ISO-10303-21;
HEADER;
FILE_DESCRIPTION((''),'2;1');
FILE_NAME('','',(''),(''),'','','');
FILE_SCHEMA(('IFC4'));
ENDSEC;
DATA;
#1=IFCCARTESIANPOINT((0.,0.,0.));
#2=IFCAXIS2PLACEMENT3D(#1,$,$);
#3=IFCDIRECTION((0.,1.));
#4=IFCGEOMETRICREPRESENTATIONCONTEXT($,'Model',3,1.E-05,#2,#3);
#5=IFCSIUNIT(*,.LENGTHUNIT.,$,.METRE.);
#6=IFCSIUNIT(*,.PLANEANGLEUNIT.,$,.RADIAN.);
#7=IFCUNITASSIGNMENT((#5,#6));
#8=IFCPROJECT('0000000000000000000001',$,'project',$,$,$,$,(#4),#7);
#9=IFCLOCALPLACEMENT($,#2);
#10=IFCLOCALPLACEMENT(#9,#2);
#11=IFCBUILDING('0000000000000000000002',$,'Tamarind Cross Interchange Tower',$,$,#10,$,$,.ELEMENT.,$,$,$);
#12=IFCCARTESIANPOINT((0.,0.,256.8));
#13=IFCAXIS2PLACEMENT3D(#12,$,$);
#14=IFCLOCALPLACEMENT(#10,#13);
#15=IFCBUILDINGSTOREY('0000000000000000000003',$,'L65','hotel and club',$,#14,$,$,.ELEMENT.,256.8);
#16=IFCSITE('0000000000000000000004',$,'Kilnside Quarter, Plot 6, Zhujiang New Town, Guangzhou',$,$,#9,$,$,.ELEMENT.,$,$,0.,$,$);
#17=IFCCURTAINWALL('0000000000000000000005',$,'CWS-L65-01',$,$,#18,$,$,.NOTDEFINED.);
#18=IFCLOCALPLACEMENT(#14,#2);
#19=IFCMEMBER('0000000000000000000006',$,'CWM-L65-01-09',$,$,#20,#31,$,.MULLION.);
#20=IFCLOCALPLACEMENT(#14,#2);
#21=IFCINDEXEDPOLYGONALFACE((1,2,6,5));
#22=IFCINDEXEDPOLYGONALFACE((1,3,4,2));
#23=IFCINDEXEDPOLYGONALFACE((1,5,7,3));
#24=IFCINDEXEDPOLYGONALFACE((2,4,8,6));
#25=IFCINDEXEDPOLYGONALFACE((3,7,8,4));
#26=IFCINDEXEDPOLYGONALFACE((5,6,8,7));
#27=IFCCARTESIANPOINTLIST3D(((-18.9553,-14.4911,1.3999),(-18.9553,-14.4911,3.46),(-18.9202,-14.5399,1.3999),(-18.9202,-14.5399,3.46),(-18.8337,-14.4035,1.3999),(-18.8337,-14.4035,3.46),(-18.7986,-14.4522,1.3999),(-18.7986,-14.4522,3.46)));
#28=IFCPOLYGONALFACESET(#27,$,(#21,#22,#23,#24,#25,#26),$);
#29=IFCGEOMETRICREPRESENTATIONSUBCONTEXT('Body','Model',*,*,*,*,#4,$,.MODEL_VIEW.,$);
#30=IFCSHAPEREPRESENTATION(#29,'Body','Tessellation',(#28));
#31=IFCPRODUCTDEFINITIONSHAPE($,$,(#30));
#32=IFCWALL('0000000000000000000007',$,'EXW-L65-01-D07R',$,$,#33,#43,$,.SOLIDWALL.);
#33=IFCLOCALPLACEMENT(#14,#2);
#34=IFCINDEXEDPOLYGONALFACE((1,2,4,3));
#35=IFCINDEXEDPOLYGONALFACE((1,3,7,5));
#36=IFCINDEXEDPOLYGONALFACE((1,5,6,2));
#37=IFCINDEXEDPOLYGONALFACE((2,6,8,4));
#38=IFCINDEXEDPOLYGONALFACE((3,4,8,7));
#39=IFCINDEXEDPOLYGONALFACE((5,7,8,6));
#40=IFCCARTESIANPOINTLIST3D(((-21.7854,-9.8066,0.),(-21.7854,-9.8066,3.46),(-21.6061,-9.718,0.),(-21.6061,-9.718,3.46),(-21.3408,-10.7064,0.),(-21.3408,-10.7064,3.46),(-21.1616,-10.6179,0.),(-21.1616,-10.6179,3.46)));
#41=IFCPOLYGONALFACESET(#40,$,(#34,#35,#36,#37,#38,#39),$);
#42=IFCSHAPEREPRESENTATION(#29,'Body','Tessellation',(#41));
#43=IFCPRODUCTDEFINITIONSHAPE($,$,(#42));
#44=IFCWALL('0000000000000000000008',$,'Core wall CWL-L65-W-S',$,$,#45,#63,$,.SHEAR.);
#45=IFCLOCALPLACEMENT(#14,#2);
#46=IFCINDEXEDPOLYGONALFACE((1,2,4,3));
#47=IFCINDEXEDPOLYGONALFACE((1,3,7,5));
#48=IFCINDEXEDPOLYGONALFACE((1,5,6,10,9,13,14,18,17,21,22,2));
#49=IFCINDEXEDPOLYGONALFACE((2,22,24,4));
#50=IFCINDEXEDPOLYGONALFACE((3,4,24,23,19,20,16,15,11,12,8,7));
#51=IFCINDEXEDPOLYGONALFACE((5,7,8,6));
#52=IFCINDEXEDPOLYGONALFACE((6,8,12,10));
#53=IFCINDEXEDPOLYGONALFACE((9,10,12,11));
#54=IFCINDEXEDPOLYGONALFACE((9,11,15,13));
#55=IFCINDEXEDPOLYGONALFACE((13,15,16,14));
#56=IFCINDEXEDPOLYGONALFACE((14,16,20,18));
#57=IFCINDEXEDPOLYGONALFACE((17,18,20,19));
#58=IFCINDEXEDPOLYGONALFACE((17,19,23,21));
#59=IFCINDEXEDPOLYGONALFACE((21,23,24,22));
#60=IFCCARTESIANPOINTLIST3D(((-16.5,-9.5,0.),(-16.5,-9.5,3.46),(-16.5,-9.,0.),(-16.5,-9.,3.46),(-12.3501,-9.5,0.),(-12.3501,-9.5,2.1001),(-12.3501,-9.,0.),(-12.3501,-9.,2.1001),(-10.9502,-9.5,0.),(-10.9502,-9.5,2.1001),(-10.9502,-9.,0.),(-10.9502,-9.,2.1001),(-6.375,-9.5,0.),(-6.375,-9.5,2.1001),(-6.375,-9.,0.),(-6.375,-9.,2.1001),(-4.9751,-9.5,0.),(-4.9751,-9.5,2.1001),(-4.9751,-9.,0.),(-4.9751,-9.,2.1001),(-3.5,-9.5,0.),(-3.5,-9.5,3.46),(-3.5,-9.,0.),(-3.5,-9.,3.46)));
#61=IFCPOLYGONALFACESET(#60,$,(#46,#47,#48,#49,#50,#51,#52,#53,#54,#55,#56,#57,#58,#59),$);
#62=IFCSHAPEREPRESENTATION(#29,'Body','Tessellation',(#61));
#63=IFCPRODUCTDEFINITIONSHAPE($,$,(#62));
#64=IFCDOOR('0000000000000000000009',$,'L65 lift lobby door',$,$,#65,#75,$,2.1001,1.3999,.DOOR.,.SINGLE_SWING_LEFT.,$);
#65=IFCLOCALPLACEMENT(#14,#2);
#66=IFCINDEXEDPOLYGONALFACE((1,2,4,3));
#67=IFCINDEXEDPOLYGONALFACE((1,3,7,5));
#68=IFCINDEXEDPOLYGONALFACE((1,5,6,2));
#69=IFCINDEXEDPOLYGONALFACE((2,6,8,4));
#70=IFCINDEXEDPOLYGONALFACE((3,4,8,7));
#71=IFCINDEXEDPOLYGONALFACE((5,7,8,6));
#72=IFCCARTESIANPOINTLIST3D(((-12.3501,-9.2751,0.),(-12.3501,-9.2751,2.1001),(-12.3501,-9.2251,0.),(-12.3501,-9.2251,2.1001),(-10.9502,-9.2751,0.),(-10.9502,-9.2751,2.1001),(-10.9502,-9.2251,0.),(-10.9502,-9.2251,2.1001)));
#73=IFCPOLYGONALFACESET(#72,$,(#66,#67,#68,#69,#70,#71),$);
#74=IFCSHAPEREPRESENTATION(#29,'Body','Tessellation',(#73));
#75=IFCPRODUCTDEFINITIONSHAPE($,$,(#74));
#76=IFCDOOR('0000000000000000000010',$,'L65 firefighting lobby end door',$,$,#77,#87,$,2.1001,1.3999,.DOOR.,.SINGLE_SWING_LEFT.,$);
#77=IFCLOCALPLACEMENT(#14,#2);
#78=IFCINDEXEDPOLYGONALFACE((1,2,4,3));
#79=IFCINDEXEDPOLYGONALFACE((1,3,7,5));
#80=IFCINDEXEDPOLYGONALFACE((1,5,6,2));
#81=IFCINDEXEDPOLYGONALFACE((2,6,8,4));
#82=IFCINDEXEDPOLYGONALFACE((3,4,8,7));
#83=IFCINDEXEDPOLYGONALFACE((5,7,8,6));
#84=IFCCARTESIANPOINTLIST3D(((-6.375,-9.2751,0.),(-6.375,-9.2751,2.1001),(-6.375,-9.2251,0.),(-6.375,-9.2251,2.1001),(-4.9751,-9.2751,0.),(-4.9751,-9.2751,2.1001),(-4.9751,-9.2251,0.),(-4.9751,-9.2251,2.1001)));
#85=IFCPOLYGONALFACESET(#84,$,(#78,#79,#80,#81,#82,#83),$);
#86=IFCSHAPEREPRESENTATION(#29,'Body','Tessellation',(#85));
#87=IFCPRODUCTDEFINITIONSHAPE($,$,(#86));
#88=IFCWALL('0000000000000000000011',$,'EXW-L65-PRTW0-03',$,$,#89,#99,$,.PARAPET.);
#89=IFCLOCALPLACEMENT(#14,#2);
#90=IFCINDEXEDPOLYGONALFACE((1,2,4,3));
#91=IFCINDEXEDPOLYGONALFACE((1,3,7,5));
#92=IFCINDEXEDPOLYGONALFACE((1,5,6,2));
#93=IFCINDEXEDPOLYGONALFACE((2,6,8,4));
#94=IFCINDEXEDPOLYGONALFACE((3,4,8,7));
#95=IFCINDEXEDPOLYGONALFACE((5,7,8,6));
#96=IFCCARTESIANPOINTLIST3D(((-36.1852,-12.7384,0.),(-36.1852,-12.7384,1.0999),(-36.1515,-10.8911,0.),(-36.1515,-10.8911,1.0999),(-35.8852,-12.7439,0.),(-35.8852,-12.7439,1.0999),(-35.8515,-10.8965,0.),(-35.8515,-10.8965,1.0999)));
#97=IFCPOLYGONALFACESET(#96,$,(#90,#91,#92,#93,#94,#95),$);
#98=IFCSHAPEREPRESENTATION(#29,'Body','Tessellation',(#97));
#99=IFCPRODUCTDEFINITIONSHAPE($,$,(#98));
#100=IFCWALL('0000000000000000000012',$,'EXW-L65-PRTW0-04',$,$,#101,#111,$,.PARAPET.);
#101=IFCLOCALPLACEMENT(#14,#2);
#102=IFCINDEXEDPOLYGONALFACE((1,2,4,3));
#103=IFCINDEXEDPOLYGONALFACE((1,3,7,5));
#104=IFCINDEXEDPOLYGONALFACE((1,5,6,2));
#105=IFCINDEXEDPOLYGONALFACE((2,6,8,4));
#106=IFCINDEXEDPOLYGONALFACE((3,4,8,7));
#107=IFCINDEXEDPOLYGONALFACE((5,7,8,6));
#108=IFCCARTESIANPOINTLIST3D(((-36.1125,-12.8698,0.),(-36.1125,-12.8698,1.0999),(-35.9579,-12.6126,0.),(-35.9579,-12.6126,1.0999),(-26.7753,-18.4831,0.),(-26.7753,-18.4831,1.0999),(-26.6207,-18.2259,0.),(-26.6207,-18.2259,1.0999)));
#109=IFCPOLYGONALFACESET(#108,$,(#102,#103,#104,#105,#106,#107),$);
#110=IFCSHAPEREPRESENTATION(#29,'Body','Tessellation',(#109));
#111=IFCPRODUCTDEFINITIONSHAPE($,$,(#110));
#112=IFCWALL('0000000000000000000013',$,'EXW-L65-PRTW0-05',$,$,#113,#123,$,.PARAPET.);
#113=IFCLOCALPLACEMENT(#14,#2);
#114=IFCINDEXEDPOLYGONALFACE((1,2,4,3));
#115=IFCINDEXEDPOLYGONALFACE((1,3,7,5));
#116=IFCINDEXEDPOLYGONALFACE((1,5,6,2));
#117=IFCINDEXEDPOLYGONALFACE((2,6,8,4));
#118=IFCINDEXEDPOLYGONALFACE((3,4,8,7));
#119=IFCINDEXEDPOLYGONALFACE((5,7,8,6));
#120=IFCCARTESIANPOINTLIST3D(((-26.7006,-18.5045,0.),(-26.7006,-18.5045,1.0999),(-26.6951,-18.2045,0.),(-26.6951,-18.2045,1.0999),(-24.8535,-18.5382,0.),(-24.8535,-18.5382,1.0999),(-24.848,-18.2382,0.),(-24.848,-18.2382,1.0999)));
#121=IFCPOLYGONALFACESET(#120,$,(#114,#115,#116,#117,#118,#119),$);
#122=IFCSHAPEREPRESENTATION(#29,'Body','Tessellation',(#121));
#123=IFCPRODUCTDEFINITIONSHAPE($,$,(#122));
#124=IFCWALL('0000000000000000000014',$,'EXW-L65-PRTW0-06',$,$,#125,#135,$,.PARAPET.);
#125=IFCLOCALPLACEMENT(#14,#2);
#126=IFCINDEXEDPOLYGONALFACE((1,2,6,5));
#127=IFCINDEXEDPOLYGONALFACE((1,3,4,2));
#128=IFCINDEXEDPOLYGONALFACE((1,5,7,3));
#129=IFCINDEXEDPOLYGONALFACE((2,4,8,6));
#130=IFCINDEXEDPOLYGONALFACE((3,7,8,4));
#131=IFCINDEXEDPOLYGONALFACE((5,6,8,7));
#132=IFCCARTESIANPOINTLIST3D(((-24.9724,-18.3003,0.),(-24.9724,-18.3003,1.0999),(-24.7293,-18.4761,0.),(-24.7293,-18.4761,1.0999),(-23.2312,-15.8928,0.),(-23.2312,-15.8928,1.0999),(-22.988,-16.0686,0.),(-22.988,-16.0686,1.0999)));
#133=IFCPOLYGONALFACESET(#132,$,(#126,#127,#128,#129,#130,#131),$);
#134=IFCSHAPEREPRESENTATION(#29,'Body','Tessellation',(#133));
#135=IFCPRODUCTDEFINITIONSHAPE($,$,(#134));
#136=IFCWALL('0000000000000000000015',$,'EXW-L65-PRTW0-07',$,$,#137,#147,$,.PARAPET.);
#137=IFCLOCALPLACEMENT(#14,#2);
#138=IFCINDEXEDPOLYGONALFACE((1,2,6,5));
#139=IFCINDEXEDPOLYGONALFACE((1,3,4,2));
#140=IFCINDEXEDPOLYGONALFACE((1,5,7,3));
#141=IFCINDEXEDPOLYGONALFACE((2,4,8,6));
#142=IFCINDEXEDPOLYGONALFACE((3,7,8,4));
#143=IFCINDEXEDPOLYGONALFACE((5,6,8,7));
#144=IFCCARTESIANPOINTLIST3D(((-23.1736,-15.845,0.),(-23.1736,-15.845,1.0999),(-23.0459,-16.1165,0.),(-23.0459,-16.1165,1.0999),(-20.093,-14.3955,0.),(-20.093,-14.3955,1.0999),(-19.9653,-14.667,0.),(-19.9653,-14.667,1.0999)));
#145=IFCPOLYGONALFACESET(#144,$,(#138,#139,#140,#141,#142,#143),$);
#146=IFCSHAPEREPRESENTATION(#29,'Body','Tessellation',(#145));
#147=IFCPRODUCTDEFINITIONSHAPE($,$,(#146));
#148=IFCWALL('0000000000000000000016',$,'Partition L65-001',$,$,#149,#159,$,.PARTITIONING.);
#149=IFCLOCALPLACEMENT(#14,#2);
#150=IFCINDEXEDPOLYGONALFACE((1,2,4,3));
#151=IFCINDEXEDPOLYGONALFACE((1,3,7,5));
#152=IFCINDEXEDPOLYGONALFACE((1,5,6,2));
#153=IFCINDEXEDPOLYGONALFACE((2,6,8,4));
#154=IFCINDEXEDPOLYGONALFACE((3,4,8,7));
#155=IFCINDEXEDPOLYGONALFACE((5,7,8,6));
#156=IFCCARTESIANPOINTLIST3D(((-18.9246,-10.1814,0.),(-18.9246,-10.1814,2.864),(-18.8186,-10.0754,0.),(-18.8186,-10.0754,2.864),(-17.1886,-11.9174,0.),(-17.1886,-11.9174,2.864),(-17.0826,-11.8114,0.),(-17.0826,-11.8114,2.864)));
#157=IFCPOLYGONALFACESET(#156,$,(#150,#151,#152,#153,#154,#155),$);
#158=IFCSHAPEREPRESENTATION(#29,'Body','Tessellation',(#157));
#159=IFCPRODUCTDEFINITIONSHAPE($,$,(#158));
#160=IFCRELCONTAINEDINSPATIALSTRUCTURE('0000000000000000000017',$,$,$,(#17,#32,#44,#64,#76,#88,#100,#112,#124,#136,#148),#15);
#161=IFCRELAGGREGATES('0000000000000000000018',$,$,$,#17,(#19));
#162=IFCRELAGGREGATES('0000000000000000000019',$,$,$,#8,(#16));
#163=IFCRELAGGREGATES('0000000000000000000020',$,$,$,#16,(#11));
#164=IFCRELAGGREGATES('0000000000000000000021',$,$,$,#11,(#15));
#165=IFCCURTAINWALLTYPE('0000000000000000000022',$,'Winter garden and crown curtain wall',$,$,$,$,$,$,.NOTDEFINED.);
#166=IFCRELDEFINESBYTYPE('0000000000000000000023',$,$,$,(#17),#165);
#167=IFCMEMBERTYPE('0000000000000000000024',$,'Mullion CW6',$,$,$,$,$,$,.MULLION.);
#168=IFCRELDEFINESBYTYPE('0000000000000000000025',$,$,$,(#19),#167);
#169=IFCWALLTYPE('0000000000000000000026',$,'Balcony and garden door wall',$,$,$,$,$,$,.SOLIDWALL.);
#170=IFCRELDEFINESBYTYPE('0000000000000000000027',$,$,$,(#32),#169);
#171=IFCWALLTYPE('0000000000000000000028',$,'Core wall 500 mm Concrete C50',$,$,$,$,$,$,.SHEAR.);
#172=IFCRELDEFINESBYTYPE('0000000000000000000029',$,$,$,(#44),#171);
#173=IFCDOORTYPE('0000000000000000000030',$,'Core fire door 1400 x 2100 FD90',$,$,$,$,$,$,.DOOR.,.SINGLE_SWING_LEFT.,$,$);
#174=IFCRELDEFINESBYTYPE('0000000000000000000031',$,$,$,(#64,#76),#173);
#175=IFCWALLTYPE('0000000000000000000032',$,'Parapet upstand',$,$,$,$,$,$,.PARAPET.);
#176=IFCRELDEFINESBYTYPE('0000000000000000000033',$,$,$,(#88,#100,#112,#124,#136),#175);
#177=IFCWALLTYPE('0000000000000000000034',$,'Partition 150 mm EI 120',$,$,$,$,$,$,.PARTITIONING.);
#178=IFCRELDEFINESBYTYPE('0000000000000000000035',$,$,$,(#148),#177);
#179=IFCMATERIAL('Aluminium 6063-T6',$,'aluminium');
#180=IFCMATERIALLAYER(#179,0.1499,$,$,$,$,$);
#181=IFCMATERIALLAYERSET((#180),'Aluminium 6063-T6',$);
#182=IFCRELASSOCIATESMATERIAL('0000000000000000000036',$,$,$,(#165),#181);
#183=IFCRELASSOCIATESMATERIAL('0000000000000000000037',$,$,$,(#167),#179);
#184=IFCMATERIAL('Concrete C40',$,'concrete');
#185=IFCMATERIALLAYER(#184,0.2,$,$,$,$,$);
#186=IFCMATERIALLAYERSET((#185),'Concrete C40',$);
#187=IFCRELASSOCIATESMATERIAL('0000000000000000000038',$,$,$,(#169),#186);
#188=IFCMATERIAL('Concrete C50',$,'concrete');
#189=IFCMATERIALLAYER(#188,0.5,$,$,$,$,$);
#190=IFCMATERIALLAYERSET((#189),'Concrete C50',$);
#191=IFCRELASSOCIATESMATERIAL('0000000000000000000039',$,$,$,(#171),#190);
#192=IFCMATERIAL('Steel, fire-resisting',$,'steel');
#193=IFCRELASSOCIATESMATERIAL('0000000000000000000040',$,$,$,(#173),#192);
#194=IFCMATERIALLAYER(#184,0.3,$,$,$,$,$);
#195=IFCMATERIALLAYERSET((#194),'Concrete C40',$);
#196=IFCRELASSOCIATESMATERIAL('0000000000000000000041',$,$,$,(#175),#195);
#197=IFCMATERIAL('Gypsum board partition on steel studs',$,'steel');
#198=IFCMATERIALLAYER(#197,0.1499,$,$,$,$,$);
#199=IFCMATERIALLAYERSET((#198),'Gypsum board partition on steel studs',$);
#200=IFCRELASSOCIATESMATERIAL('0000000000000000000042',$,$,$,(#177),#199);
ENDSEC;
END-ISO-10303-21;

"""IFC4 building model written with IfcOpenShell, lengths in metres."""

from ifc_helpers import new_model, si_unit, direction, frame, frame_2d, origin, origin_2d, place, context, subcontext, project, spatial, rectangle, extrude, material, layer, layer_set, material_profile, profile_set, type_object, element, fill, aggregate, save


model = new_model("IFC4")

# Units and contexts
model_context = context("Model", 3, precision=1e-05, world=origin(), true_north=direction((0.0, 1.0)))
body_context = subcontext(model_context, "Body", "Model", "MODEL_VIEW")
ifc_project = project(units=[si_unit("LENGTHUNIT", "METRE"), si_unit("PLANEANGLEUNIT", "RADIAN")], contexts=[model_context])

# Site, building, storey
site_placement = place(None, origin())
site = spatial("IfcSite", under=ifc_project, at=site_placement, Name="Kilnside Quarter, Plot 6, Zhujiang New Town, Guangzhou", CompositionType="ELEMENT", RefElevation=0.0)
building_placement = place(site_placement, origin())
building = spatial("IfcBuilding", under=site, at=building_placement, Name="Tamarind Cross Interchange Tower", CompositionType="ELEMENT")
storey_placement = place(building_placement, frame((0.0, 0.0, 256.8)))
storey = spatial("IfcBuildingStorey", under=building, at=storey_placement, Name="L65", Description="hotel and club", CompositionType="ELEMENT", Elevation=256.8)

# Curtain wall, member
ifc_material_1 = material(Name="Aluminium 6063-T6", Category="aluminium")
ifc_layer_1 = layer(ifc_material_1, 0.1499)
ifc_layer_set_1 = layer_set([ifc_layer_1], Name="Aluminium 6063-T6")
curtain_wall_type = type_object("IfcCurtainWallType", Name="Winter garden and crown curtain wall", PredefinedType="NOTDEFINED", material=ifc_layer_set_1)
curtain_wall_placement = place(storey_placement, origin())
curtain_wall = element("IfcCurtainWall", 1, at=curtain_wall_placement, inside=storey, type_object=curtain_wall_type, Name="CWS-L65-01", PredefinedType="NOTDEFINED")
ifc_material_profile_1 = material_profile(ifc_material_1, rectangle(XDim=0.0601, YDim=0.1499, at=origin_2d()), Name="Mullion CW6")
ifc_profile_set_1 = profile_set([ifc_material_profile_1], Name="Aluminium 6063-T6")
member_type = type_object("IfcMemberType", Name="Mullion CW6", PredefinedType="MULLION", material=ifc_profile_set_1)
member_1_placement = place(storey_placement, frame((-18.877, -14.4717, 1.3999), z_axis=(0.0, 0.0, 1.0), x_axis=(0.584574, -0.81134, 0.0)))
member_1 = element("IfcMember", 2, at=member_1_placement, type_object=member_type, Name="CWM-L65-01-09", PredefinedType="MULLION", context=body_context, shape_type="SweptSolid", body=[
    extrude(rectangle(XDim=0.0601, YDim=0.1499, at=origin_2d()), origin(), (0.0, 0.0, 1.0), 2.0601),
])
aggregate(curtain_wall, [member_1])

# Wall
ifc_material_2 = material(Name="Concrete C40", Category="concrete")
ifc_layer_2 = layer(ifc_material_2, 0.2)
ifc_layer_set_2 = layer_set([ifc_layer_2], Name="Concrete C40")
wall_type_1 = type_object("IfcWallType", Name="Balcony and garden door wall", PredefinedType="SOLIDWALL", material=ifc_layer_set_2)
wall_1_placement = place(storey_placement, frame((-21.6958, -9.7622, 0.0), z_axis=(0.0, 0.0, 1.0), x_axis=(0.442928, -0.896557, 0.0)))
element("IfcWall", 3, at=wall_1_placement, inside=storey, type_object=wall_type_1, Name="EXW-L65-01-D07R", PredefinedType="SOLIDWALL", context=body_context, shape_type="SweptSolid", body=[
    extrude(rectangle(XDim=1.0037, YDim=0.2, at=frame_2d((0.502, 0.0))), origin(), (0.0, 0.0, 1.0), 3.46),
])

# Wall, openings, doors
ifc_material_3 = material(Name="Concrete C50", Category="concrete")
ifc_layer_3 = layer(ifc_material_3, 0.5)
ifc_layer_set_3 = layer_set([ifc_layer_3], Name="Concrete C50")
wall_type_2 = type_object("IfcWallType", Name="Core wall 500 mm Concrete C50", PredefinedType="SHEAR", material=ifc_layer_set_3)
wall_2_placement = place(storey_placement, frame((-16.5, -9.25, 0.0), z_axis=(0.0, 0.0, 1.0), x_axis=(1.0, 0.0, 0.0)))
wall_2 = element("IfcWall", 4, at=wall_2_placement, inside=storey, type_object=wall_type_2, Name="Core wall CWL-L65-W-S", PredefinedType="SHEAR", context=body_context, shape_type="SweptSolid", body=[
    extrude(rectangle(XDim=13.0, YDim=0.5, at=frame_2d((6.5, 0.0))), origin(), (0.0, 0.0, 1.0), 3.46),
])
opening_1_placement = place(wall_2_placement, frame((4.1499, 0.0, 0.0)))
opening_1 = element("IfcOpeningElement", 5, at=opening_1_placement, cuts=wall_2, PredefinedType="OPENING", context=body_context, shape_type="SweptSolid", body=[
    extrude(rectangle(XDim=1.3999, YDim=2.1001, at=frame_2d((0.7, 1.05))), frame((0.0, 0.26, 0.0), z_axis=(0.0, -1.0, 0.0), x_axis=(1.0, 0.0, 0.0)), (0.0, 0.0, 1.0), 0.52),
])
opening_2_placement = place(wall_2_placement, frame((10.125, 0.0, 0.0)))
opening_2 = element("IfcOpeningElement", 6, at=opening_2_placement, cuts=wall_2, PredefinedType="OPENING", context=body_context, shape_type="SweptSolid", body=[
    extrude(rectangle(XDim=1.3999, YDim=2.1001, at=frame_2d((0.7, 1.05))), frame((0.0, 0.26, 0.0), z_axis=(0.0, -1.0, 0.0), x_axis=(1.0, 0.0, 0.0)), (0.0, 0.0, 1.0), 0.52),
])
ifc_material_4 = material(Name="Steel, fire-resisting", Category="steel")
door_type_1 = type_object("IfcDoorType", Name="Core fire door 1400 x 2100 FD90", OperationType="SINGLE_SWING_LEFT", PredefinedType="DOOR", material=ifc_material_4)
door_1_placement = place(opening_1_placement, origin())
door_1 = element("IfcDoor", 7, at=door_1_placement, inside=storey, type_object=door_type_1, Name="L65 lift lobby door", OperationType="SINGLE_SWING_LEFT", OverallHeight=2.1001, OverallWidth=1.3999, PredefinedType="DOOR", context=body_context, shape_type="SweptSolid", body=[
    extrude(rectangle(XDim=1.3999, YDim=2.1001, at=frame_2d((0.7, 1.05))), frame((0.0, 0.0249, 0.0), z_axis=(0.0, -1.0, 0.0), x_axis=(1.0, 0.0, 0.0)), (0.0, 0.0, 1.0), 0.05),
])
fill(opening_1, door_1)
door_2_placement = place(opening_2_placement, origin())
door_2 = element("IfcDoor", 8, at=door_2_placement, inside=storey, type_object=door_type_1, Name="L65 firefighting lobby end door", OperationType="SINGLE_SWING_LEFT", OverallHeight=2.1001, OverallWidth=1.3999, PredefinedType="DOOR", context=body_context, shape_type="SweptSolid", body=[
    extrude(rectangle(XDim=1.3999, YDim=2.1001, at=frame_2d((0.7, 1.05))), frame((0.0, 0.0249, 0.0), z_axis=(0.0, -1.0, 0.0), x_axis=(1.0, 0.0, 0.0)), (0.0, 0.0, 1.0), 0.05),
])
fill(opening_2, door_2)

# Walls
ifc_layer_4 = layer(ifc_material_2, 0.3)
ifc_layer_set_4 = layer_set([ifc_layer_4], Name="Concrete C40")
wall_type_3 = type_object("IfcWallType", Name="Parapet upstand", PredefinedType="PARAPET", material=ifc_layer_set_4)
wall_3_placement = place(storey_placement, frame((-36.0015, -10.8938, 0.0), z_axis=(0.0, 0.0, 1.0), x_axis=(-0.018234, -0.999834, 0.0)))
element("IfcWall", 9, at=wall_3_placement, inside=storey, type_object=wall_type_3, Name="EXW-L65-PRTW0-03", PredefinedType="PARAPET", context=body_context, shape_type="SweptSolid", body=[
    extrude(rectangle(XDim=1.8477, YDim=0.3, at=frame_2d((0.9238, 0.0))), origin(), (0.0, 0.0, 1.0), 1.0999),
])
wall_4_placement = place(storey_placement, frame((-36.0352, -12.7412, 0.0), z_axis=(0.0, 0.0, 1.0), x_axis=(0.857048, -0.515237, 0.0)))
element("IfcWall", 10, at=wall_4_placement, inside=storey, type_object=wall_type_3, Name="EXW-L65-PRTW0-04", PredefinedType="PARAPET", context=body_context, shape_type="SweptSolid", body=[
    extrude(rectangle(XDim=10.8945, YDim=0.3, at=frame_2d((5.4473, 0.0))), origin(), (0.0, 0.0, 1.0), 1.0999),
])
wall_5_placement = place(storey_placement, frame((-26.698, -18.3545, 0.0), z_axis=(0.0, 0.0, 1.0), x_axis=(0.999834, -0.018236, 0.0)))
element("IfcWall", 11, at=wall_5_placement, inside=storey, type_object=wall_type_3, Name="EXW-L65-PRTW0-05", PredefinedType="PARAPET", context=body_context, shape_type="SweptSolid", body=[
    extrude(rectangle(XDim=1.8474, YDim=0.3, at=frame_2d((0.9238, 0.0))), origin(), (0.0, 0.0, 1.0), 1.0999),
])
wall_6_placement = place(storey_placement, frame((-24.8508, -18.3882, 0.0), z_axis=(0.0, 0.0, 1.0), x_axis=(0.586039, 0.810283, 0.0)))
element("IfcWall", 12, at=wall_6_placement, inside=storey, type_object=wall_type_3, Name="EXW-L65-PRTW0-06", PredefinedType="PARAPET", context=body_context, shape_type="SweptSolid", body=[
    extrude(rectangle(XDim=2.9712, YDim=0.3, at=frame_2d((1.4856, 0.0))), origin(), (0.0, 0.0, 1.0), 1.0999),
])
wall_7_placement = place(storey_placement, frame((-23.1096, -15.9807, 0.0), z_axis=(0.0, 0.0, 1.0), x_axis=(0.904843, 0.425745, 0.0)))
element("IfcWall", 13, at=wall_7_placement, inside=storey, type_object=wall_type_3, Name="EXW-L65-PRTW0-07", PredefinedType="PARAPET", context=body_context, shape_type="SweptSolid", body=[
    extrude(rectangle(XDim=3.4045, YDim=0.3, at=frame_2d((1.7021, 0.0))), origin(), (0.0, 0.0, 1.0), 1.0999),
])
ifc_material_5 = material(Name="Gypsum board partition on steel studs", Category="steel")
ifc_layer_5 = layer(ifc_material_5, 0.1499)
ifc_layer_set_5 = layer_set([ifc_layer_5], Name="Gypsum board partition on steel studs")
wall_type_4 = type_object("IfcWallType", Name="Partition 150 mm EI 120", PredefinedType="PARTITIONING", material=ifc_layer_set_5)
wall_8_placement = place(storey_placement, frame((-18.8716, -10.1284, 0.0), z_axis=(0.0, 0.0, 1.0), x_axis=(0.707107, -0.707107, 0.0)))
element("IfcWall", 14, at=wall_8_placement, inside=storey, type_object=wall_type_4, Name="Partition L65-001", PredefinedType="PARTITIONING", context=body_context, shape_type="SweptSolid", body=[
    extrude(rectangle(XDim=2.4551, YDim=0.1499, at=frame_2d((1.2275, 0.0))), origin(), (0.0, 0.0, 1.0), 2.864),
])

save(model, "model.ifc")
